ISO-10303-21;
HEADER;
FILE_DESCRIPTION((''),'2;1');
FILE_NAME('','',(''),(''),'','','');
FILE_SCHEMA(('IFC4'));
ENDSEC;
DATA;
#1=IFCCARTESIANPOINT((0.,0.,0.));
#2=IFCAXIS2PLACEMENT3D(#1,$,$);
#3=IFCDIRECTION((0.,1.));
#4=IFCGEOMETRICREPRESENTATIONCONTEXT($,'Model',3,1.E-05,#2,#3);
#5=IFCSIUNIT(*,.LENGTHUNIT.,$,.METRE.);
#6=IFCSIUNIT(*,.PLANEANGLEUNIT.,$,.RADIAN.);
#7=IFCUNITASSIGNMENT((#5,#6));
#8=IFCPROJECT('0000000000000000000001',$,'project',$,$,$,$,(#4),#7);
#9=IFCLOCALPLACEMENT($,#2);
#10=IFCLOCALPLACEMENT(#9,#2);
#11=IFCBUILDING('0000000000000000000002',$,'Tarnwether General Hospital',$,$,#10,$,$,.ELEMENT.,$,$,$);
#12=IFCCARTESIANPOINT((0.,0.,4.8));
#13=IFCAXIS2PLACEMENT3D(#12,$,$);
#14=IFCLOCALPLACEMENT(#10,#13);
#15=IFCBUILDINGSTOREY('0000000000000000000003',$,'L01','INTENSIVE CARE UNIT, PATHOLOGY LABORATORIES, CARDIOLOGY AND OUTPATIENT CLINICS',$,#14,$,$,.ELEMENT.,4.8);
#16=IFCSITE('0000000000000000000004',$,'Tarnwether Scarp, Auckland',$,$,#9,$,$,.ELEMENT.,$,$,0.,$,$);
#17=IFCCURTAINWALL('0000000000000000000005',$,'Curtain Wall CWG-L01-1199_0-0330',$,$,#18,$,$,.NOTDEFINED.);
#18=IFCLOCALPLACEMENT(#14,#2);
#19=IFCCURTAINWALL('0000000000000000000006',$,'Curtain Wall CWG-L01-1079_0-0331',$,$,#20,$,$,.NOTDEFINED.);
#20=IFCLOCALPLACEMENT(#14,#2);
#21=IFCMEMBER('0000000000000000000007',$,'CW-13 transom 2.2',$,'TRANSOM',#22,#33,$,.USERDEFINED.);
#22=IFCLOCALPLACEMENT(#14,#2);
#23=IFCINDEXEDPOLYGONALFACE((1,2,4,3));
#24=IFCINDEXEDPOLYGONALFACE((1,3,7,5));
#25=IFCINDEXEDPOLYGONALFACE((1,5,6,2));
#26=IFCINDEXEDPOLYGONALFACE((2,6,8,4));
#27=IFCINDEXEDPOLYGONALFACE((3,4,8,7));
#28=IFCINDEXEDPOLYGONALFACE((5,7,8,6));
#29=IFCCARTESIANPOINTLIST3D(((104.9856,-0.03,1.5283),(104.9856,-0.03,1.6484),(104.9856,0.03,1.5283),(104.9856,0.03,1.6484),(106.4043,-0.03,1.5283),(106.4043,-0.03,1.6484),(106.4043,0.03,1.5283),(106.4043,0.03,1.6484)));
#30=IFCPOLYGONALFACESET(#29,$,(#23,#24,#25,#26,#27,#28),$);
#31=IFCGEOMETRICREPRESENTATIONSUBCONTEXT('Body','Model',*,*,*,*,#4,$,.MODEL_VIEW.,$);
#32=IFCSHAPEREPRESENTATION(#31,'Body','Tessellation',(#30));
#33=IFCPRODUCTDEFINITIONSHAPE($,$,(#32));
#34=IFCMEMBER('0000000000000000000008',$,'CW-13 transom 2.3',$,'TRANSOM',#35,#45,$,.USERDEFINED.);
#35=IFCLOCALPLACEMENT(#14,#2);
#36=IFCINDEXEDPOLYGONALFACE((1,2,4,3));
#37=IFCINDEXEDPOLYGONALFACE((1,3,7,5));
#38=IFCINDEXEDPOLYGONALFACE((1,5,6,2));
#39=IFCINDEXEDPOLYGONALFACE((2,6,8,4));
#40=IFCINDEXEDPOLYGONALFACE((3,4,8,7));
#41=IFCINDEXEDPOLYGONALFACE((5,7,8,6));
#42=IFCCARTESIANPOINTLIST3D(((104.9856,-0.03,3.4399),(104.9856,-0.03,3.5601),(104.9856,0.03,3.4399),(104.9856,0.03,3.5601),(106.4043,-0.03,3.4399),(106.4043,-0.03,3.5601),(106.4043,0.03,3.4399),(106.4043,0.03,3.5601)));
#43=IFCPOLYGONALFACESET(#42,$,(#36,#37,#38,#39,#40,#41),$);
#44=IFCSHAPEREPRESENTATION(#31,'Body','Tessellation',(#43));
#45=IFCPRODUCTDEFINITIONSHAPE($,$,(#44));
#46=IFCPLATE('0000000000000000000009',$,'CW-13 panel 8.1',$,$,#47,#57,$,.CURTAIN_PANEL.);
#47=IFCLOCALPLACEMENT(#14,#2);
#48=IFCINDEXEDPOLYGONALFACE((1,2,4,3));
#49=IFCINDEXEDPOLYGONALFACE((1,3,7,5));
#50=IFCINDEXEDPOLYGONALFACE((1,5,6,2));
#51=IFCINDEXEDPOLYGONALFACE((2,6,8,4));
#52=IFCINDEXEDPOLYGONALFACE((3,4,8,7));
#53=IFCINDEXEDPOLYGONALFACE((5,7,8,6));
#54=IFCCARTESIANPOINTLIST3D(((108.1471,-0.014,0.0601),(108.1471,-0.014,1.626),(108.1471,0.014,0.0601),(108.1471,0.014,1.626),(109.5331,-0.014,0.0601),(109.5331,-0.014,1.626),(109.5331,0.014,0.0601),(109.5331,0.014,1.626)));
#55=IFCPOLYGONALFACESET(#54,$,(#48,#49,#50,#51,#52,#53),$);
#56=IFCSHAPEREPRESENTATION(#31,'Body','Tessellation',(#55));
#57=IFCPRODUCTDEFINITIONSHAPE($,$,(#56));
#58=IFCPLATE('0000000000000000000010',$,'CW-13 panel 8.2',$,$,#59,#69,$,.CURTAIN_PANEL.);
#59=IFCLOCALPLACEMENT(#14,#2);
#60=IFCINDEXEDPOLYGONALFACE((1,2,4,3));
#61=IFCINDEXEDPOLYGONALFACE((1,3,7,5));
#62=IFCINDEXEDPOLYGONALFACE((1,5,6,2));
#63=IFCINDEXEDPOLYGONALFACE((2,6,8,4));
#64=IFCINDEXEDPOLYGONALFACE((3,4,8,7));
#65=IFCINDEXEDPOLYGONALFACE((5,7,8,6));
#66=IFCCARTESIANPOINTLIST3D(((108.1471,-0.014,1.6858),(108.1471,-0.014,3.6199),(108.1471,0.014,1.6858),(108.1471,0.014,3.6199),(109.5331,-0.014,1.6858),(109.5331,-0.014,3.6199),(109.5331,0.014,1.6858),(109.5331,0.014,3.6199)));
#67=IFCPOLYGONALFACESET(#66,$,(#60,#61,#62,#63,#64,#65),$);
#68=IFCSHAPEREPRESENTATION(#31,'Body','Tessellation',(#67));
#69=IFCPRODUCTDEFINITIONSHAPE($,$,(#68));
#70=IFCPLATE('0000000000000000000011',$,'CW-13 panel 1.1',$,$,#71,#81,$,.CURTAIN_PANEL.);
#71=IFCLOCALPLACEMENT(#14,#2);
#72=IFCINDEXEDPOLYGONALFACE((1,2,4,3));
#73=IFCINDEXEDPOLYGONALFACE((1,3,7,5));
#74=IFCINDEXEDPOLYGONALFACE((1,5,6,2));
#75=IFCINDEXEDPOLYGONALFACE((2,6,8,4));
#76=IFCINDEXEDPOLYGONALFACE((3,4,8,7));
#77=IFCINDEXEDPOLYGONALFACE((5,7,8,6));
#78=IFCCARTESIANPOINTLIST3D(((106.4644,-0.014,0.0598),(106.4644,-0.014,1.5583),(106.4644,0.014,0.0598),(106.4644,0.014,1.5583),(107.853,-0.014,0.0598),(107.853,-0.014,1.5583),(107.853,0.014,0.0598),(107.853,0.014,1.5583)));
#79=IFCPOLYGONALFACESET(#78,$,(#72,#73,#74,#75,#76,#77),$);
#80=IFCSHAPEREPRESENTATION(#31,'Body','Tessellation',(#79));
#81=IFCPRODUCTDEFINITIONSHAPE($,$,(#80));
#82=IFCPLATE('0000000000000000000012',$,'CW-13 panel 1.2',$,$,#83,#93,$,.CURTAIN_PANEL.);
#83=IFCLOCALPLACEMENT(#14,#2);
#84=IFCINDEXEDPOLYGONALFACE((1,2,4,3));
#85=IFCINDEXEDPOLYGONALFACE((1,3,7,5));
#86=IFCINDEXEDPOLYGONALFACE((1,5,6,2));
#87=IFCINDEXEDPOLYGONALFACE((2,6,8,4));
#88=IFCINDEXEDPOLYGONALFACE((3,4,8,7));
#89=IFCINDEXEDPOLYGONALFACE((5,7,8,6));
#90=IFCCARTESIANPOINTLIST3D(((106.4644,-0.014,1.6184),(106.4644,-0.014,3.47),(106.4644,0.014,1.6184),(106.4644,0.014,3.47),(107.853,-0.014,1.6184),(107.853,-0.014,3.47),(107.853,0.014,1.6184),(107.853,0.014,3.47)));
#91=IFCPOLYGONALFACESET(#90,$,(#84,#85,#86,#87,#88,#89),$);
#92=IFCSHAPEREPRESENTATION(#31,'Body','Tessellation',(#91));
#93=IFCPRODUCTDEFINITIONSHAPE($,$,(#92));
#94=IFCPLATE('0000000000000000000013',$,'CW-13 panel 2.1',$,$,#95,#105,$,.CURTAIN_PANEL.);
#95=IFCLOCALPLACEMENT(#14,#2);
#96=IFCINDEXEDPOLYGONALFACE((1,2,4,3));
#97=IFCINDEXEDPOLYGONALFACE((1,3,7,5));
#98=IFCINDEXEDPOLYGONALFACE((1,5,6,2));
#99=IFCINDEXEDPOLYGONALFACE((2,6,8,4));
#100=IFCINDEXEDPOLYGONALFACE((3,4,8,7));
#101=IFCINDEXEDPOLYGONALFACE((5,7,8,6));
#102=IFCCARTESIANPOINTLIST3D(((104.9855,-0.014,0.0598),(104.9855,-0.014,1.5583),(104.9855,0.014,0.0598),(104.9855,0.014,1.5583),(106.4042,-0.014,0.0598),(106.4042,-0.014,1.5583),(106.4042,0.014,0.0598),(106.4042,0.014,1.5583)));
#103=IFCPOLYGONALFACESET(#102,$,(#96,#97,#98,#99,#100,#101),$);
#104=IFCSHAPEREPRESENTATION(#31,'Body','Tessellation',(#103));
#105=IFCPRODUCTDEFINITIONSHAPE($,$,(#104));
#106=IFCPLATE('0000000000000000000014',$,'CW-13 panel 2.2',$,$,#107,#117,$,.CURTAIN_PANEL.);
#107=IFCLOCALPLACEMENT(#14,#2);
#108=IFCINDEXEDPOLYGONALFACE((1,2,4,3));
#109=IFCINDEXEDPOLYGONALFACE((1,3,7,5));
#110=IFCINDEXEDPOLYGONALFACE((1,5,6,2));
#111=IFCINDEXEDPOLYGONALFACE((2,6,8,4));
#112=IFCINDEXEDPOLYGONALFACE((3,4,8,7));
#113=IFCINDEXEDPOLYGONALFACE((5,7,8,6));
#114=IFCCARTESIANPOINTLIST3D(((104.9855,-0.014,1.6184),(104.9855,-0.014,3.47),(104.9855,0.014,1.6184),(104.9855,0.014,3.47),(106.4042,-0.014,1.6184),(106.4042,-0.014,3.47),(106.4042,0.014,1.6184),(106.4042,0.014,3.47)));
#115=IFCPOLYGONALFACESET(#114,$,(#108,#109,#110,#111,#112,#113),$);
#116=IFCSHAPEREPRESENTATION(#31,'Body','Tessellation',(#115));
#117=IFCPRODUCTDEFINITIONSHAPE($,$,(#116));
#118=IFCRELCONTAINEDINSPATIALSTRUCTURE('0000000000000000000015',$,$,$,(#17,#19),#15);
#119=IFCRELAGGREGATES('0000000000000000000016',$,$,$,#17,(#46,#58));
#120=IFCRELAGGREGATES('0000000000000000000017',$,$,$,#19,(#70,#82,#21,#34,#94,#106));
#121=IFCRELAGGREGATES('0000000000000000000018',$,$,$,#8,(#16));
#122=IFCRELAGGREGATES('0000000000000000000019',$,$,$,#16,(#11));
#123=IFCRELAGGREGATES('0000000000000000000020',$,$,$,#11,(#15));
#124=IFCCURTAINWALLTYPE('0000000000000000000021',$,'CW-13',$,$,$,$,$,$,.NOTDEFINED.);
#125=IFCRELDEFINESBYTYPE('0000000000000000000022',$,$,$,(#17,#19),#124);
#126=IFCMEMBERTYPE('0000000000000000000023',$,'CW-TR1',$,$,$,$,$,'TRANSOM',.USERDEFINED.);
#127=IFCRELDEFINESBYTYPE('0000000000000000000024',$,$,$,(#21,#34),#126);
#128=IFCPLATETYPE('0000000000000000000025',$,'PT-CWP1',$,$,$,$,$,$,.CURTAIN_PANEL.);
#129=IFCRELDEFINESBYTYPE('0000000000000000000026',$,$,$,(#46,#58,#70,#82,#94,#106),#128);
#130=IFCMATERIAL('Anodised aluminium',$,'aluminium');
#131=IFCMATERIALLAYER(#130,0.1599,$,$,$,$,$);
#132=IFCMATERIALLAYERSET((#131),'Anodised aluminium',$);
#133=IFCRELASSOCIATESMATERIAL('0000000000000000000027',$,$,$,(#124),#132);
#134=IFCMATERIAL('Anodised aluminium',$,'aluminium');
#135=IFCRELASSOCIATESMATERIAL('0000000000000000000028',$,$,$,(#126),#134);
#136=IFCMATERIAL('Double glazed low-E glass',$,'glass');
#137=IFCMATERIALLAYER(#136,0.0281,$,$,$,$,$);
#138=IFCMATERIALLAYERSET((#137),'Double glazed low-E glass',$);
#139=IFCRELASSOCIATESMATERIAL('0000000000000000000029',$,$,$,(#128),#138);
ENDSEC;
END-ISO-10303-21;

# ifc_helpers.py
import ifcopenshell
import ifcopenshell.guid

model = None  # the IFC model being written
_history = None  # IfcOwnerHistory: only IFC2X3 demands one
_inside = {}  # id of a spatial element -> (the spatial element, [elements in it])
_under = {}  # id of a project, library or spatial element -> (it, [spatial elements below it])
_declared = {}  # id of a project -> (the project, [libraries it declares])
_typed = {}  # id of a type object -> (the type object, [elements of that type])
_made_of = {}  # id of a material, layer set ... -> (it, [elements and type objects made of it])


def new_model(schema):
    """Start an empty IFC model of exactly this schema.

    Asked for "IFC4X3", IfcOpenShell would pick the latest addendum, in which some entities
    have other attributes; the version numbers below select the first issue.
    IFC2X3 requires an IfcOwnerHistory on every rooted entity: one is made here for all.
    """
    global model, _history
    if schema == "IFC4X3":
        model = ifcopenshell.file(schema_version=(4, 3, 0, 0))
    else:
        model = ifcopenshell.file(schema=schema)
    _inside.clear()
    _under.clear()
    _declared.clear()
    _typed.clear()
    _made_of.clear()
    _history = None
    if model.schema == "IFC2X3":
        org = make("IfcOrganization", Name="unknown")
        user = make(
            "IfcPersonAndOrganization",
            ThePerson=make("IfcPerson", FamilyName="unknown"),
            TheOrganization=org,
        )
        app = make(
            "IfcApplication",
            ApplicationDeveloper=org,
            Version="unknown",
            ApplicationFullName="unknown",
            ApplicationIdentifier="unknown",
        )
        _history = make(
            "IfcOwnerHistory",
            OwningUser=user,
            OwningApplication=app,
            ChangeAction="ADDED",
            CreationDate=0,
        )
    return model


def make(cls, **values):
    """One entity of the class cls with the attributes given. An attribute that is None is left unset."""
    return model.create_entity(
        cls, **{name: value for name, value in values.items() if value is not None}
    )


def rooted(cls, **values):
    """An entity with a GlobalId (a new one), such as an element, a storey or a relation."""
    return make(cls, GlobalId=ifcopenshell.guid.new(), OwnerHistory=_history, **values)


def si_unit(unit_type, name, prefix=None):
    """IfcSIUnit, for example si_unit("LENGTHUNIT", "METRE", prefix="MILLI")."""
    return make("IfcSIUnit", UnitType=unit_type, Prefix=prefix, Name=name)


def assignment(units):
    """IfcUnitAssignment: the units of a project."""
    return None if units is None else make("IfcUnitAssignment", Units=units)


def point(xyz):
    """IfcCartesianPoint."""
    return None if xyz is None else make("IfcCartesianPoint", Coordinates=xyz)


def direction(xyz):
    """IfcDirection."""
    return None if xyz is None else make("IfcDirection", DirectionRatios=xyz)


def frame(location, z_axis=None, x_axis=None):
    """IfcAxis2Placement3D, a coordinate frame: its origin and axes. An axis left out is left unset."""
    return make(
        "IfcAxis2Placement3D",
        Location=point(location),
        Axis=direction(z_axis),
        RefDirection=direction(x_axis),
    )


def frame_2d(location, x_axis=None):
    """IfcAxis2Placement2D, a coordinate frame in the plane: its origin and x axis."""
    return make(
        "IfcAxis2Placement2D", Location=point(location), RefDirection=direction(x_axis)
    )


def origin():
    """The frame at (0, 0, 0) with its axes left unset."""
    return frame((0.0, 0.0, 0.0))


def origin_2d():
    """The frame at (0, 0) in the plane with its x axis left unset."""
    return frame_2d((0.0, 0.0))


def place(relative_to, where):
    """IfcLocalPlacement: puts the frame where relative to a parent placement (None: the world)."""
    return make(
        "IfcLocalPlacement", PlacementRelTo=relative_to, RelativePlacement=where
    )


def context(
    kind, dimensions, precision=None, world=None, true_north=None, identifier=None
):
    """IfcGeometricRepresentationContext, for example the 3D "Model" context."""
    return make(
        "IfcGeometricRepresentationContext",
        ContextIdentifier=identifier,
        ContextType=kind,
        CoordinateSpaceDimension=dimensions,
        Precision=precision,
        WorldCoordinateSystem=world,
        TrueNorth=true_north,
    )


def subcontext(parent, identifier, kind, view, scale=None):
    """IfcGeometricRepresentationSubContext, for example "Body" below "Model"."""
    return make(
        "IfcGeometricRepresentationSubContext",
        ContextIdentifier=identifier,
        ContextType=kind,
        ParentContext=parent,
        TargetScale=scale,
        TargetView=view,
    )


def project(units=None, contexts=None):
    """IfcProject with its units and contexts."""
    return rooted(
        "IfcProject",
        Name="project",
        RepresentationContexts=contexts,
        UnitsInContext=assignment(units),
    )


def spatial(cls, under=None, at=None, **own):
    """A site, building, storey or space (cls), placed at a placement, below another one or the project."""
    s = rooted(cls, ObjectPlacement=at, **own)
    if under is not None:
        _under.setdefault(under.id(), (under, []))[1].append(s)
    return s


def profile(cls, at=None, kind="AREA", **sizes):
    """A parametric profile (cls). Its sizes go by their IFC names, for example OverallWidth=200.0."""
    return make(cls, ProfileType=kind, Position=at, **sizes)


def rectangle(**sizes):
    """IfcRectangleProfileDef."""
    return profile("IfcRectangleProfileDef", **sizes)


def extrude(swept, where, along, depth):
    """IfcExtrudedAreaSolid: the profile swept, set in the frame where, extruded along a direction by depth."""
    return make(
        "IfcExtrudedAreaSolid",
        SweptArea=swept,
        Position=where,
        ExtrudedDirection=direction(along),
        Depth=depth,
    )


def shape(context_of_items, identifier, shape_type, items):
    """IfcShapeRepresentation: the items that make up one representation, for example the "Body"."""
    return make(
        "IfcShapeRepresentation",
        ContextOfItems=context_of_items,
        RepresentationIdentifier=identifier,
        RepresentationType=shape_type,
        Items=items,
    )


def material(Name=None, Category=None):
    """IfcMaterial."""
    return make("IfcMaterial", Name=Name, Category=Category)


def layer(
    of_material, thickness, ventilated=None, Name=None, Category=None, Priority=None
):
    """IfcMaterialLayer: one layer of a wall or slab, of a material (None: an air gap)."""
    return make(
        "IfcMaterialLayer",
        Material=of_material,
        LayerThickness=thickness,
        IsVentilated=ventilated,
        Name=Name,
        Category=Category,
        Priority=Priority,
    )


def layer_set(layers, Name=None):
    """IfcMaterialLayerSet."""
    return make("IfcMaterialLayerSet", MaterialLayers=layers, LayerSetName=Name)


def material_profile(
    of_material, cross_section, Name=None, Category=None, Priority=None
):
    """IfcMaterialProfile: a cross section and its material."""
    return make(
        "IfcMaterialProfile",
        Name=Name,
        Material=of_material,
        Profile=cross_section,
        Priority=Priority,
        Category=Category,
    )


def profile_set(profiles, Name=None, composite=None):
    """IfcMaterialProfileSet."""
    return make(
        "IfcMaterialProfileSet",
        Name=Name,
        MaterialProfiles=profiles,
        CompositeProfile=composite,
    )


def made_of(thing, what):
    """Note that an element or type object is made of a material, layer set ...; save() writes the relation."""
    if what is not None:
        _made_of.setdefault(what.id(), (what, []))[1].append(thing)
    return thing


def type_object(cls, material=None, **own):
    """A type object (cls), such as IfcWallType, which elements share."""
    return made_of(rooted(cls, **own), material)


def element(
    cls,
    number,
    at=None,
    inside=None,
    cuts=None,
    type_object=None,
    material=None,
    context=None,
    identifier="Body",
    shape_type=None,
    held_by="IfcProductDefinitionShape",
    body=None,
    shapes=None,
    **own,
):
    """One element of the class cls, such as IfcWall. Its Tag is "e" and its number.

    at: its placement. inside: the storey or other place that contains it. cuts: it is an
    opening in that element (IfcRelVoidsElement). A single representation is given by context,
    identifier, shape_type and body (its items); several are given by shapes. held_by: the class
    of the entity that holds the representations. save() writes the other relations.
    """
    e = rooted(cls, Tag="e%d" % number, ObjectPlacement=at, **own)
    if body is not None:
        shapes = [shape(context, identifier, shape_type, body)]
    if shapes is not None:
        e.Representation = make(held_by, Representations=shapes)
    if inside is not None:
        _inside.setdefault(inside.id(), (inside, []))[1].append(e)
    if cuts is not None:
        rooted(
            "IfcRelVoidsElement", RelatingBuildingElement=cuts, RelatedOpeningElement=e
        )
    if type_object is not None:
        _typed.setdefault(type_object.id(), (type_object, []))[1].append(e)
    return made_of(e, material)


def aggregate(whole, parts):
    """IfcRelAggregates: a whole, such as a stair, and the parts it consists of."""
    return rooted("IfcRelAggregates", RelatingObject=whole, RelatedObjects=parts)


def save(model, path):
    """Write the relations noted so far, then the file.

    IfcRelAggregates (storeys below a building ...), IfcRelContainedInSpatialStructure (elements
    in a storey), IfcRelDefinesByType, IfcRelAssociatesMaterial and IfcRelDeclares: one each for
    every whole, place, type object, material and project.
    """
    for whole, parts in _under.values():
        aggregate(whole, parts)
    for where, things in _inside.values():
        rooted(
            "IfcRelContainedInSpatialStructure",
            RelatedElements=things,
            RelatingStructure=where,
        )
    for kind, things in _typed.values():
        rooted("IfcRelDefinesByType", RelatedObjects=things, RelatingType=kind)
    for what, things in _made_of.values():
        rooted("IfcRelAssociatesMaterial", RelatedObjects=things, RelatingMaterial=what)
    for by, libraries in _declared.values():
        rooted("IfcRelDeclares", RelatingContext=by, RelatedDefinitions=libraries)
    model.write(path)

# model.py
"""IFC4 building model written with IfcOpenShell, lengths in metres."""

from ifc_helpers import new_model, si_unit, direction, frame, origin, origin_2d, place, context, subcontext, project, spatial, rectangle, extrude, material, layer, layer_set, material_profile, profile_set, type_object, element, aggregate, save


model = new_model("IFC4")

# Units and contexts
model_context = context("Model", 3, precision=1e-05, world=origin(), true_north=direction((0.0, 1.0)))
body_context = subcontext(model_context, "Body", "Model", "MODEL_VIEW")
ifc_project = project(units=[si_unit("LENGTHUNIT", "METRE"), si_unit("PLANEANGLEUNIT", "RADIAN")], contexts=[model_context])

# Site, building, storey
site_placement = place(None, origin())
site = spatial("IfcSite", under=ifc_project, at=site_placement, Name="Tarnwether Scarp, Auckland", CompositionType="ELEMENT", RefElevation=0.0)
building_placement = place(site_placement, origin())
building = spatial("IfcBuilding", under=site, at=building_placement, Name="Tarnwether General Hospital", CompositionType="ELEMENT")
storey_placement = place(building_placement, frame((0.0, 0.0, 4.8)))
storey = spatial("IfcBuildingStorey", under=building, at=storey_placement, Name="L01", Description="INTENSIVE CARE UNIT, PATHOLOGY LABORATORIES, CARDIOLOGY AND OUTPATIENT CLINICS", CompositionType="ELEMENT", Elevation=4.8)

# Curtain wall
ifc_material_1 = material(Name="Anodised aluminium", Category="aluminium")
ifc_layer_1 = layer(ifc_material_1, 0.1599)
ifc_layer_set_1 = layer_set([ifc_layer_1], Name="Anodised aluminium")
curtain_wall_type = type_object("IfcCurtainWallType", Name="CW-13", PredefinedType="NOTDEFINED", material=ifc_layer_set_1)
curtain_wall_1_placement = place(storey_placement, origin())
curtain_wall_1 = element("IfcCurtainWall", 1, at=curtain_wall_1_placement, inside=storey, type_object=curtain_wall_type, Name="Curtain Wall CWG-L01-1199_0-0330", PredefinedType="NOTDEFINED")

# Curtain wall
curtain_wall_2_placement = place(storey_placement, origin())
curtain_wall_2 = element("IfcCurtainWall", 2, at=curtain_wall_2_placement, inside=storey, type_object=curtain_wall_type, Name="Curtain Wall CWG-L01-1079_0-0331", PredefinedType="NOTDEFINED")

# Members
ifc_material_2 = material(Name="Anodised aluminium", Category="aluminium")
ifc_material_profile_1 = material_profile(ifc_material_2, rectangle(XDim=0.0601, YDim=0.1201, at=origin_2d()), Name="ALU-TRN-60x120")
ifc_profile_set_1 = profile_set([ifc_material_profile_1], Name="Anodised aluminium")
member_type_1 = type_object("IfcMemberType", Name="CW-TR1", ElementType="TRANSOM", PredefinedType="USERDEFINED", material=ifc_profile_set_1)
member_1_placement = place(storey_placement, frame((106.4043, 0.0, 1.5884), z_axis=(-1.0, 0.0, 0.0), x_axis=(0.0, -1.0, 0.0)))
member_1 = element("IfcMember", 3, at=member_1_placement, type_object=member_type_1, Name="CW-13 transom 2.2", ObjectType="TRANSOM", PredefinedType="USERDEFINED", context=body_context, shape_type="SweptSolid", body=[
    extrude(rectangle(XDim=0.0601, YDim=0.1201, at=origin_2d()), origin(), (0.0, 0.0, 1.0), 1.4187),
])
member_2_placement = place(storey_placement, frame((106.4043, 0.0, 3.5), z_axis=(-1.0, 0.0, 0.0), x_axis=(0.0, -1.0, 0.0)))
member_2 = element("IfcMember", 4, at=member_2_placement, type_object=member_type_1, Name="CW-13 transom 2.3", ObjectType="TRANSOM", PredefinedType="USERDEFINED", context=body_context, shape_type="SweptSolid", body=[
    extrude(rectangle(XDim=0.0601, YDim=0.1201, at=origin_2d()), origin(), (0.0, 0.0, 1.0), 1.4187),
])

# Plates
ifc_material_3 = material(Name="Double glazed low-E glass", Category="glass")
ifc_layer_2 = layer(ifc_material_3, 0.0281)
ifc_layer_set_2 = layer_set([ifc_layer_2], Name="Double glazed low-E glass")
plate_type = type_object("IfcPlateType", Name="PT-CWP1", PredefinedType="CURTAIN_PANEL", material=ifc_layer_set_2)
plate_1_placement = place(storey_placement, frame((108.8401, 0.0, 0.0601), z_axis=(0.0, 0.0, 1.0), x_axis=(-1.0, 0.0, 0.0)))
plate_1 = element("IfcPlate", 5, at=plate_1_placement, type_object=plate_type, Name="CW-13 panel 8.1", PredefinedType="CURTAIN_PANEL", context=body_context, shape_type="SweptSolid", body=[
    extrude(rectangle(XDim=1.386, YDim=0.0281, at=origin_2d()), origin(), (0.0, 0.0, 1.0), 1.5659),
])
plate_2_placement = place(storey_placement, frame((108.8401, 0.0, 1.6858), z_axis=(0.0, 0.0, 1.0), x_axis=(-1.0, 0.0, 0.0)))
plate_2 = element("IfcPlate", 6, at=plate_2_placement, type_object=plate_type, Name="CW-13 panel 8.2", PredefinedType="CURTAIN_PANEL", context=body_context, shape_type="SweptSolid", body=[
    extrude(rectangle(XDim=1.386, YDim=0.0281, at=origin_2d()), origin(), (0.0, 0.0, 1.0), 1.9341),
])
aggregate(curtain_wall_1, [plate_1, plate_2])
plate_3_placement = place(storey_placement, frame((107.1587, 0.0, 0.0598), z_axis=(0.0, 0.0, 1.0), x_axis=(-1.0, 0.0, 0.0)))
plate_3 = element("IfcPlate", 7, at=plate_3_placement, type_object=plate_type, Name="CW-13 panel 1.1", PredefinedType="CURTAIN_PANEL", context=body_context, shape_type="SweptSolid", body=[
    extrude(rectangle(XDim=1.3887, YDim=0.0281, at=origin_2d()), origin(), (0.0, 0.0, 1.0), 1.4985),
])
plate_4_placement = place(storey_placement, frame((107.1587, 0.0, 1.6184), z_axis=(0.0, 0.0, 1.0), x_axis=(-1.0, 0.0, 0.0)))
plate_4 = element("IfcPlate", 8, at=plate_4_placement, type_object=plate_type, Name="CW-13 panel 1.2", PredefinedType="CURTAIN_PANEL", context=body_context, shape_type="SweptSolid", body=[
    extrude(rectangle(XDim=1.3887, YDim=0.0281, at=origin_2d()), origin(), (0.0, 0.0, 1.0), 1.8516),
])
plate_5_placement = place(storey_placement, frame((105.6948, 0.0, 0.0598), z_axis=(0.0, 0.0, 1.0), x_axis=(-1.0, 0.0, 0.0)))
plate_5 = element("IfcPlate", 9, at=plate_5_placement, type_object=plate_type, Name="CW-13 panel 2.1", PredefinedType="CURTAIN_PANEL", context=body_context, shape_type="SweptSolid", body=[
    extrude(rectangle(XDim=1.4187, YDim=0.0281, at=origin_2d()), origin(), (0.0, 0.0, 1.0), 1.4985),
])
plate_6_placement = place(storey_placement, frame((105.6948, 0.0, 1.6184), z_axis=(0.0, 0.0, 1.0), x_axis=(-1.0, 0.0, 0.0)))
plate_6 = element("IfcPlate", 10, at=plate_6_placement, type_object=plate_type, Name="CW-13 panel 2.2", PredefinedType="CURTAIN_PANEL", context=body_context, shape_type="SweptSolid", body=[
    extrude(rectangle(XDim=1.4187, YDim=0.0281, at=origin_2d()), origin(), (0.0, 0.0, 1.0), 1.8516),
])
aggregate(curtain_wall_2, [plate_3, plate_4, member_1, member_2, plate_5, plate_6])

save(model, "model.ifc")
